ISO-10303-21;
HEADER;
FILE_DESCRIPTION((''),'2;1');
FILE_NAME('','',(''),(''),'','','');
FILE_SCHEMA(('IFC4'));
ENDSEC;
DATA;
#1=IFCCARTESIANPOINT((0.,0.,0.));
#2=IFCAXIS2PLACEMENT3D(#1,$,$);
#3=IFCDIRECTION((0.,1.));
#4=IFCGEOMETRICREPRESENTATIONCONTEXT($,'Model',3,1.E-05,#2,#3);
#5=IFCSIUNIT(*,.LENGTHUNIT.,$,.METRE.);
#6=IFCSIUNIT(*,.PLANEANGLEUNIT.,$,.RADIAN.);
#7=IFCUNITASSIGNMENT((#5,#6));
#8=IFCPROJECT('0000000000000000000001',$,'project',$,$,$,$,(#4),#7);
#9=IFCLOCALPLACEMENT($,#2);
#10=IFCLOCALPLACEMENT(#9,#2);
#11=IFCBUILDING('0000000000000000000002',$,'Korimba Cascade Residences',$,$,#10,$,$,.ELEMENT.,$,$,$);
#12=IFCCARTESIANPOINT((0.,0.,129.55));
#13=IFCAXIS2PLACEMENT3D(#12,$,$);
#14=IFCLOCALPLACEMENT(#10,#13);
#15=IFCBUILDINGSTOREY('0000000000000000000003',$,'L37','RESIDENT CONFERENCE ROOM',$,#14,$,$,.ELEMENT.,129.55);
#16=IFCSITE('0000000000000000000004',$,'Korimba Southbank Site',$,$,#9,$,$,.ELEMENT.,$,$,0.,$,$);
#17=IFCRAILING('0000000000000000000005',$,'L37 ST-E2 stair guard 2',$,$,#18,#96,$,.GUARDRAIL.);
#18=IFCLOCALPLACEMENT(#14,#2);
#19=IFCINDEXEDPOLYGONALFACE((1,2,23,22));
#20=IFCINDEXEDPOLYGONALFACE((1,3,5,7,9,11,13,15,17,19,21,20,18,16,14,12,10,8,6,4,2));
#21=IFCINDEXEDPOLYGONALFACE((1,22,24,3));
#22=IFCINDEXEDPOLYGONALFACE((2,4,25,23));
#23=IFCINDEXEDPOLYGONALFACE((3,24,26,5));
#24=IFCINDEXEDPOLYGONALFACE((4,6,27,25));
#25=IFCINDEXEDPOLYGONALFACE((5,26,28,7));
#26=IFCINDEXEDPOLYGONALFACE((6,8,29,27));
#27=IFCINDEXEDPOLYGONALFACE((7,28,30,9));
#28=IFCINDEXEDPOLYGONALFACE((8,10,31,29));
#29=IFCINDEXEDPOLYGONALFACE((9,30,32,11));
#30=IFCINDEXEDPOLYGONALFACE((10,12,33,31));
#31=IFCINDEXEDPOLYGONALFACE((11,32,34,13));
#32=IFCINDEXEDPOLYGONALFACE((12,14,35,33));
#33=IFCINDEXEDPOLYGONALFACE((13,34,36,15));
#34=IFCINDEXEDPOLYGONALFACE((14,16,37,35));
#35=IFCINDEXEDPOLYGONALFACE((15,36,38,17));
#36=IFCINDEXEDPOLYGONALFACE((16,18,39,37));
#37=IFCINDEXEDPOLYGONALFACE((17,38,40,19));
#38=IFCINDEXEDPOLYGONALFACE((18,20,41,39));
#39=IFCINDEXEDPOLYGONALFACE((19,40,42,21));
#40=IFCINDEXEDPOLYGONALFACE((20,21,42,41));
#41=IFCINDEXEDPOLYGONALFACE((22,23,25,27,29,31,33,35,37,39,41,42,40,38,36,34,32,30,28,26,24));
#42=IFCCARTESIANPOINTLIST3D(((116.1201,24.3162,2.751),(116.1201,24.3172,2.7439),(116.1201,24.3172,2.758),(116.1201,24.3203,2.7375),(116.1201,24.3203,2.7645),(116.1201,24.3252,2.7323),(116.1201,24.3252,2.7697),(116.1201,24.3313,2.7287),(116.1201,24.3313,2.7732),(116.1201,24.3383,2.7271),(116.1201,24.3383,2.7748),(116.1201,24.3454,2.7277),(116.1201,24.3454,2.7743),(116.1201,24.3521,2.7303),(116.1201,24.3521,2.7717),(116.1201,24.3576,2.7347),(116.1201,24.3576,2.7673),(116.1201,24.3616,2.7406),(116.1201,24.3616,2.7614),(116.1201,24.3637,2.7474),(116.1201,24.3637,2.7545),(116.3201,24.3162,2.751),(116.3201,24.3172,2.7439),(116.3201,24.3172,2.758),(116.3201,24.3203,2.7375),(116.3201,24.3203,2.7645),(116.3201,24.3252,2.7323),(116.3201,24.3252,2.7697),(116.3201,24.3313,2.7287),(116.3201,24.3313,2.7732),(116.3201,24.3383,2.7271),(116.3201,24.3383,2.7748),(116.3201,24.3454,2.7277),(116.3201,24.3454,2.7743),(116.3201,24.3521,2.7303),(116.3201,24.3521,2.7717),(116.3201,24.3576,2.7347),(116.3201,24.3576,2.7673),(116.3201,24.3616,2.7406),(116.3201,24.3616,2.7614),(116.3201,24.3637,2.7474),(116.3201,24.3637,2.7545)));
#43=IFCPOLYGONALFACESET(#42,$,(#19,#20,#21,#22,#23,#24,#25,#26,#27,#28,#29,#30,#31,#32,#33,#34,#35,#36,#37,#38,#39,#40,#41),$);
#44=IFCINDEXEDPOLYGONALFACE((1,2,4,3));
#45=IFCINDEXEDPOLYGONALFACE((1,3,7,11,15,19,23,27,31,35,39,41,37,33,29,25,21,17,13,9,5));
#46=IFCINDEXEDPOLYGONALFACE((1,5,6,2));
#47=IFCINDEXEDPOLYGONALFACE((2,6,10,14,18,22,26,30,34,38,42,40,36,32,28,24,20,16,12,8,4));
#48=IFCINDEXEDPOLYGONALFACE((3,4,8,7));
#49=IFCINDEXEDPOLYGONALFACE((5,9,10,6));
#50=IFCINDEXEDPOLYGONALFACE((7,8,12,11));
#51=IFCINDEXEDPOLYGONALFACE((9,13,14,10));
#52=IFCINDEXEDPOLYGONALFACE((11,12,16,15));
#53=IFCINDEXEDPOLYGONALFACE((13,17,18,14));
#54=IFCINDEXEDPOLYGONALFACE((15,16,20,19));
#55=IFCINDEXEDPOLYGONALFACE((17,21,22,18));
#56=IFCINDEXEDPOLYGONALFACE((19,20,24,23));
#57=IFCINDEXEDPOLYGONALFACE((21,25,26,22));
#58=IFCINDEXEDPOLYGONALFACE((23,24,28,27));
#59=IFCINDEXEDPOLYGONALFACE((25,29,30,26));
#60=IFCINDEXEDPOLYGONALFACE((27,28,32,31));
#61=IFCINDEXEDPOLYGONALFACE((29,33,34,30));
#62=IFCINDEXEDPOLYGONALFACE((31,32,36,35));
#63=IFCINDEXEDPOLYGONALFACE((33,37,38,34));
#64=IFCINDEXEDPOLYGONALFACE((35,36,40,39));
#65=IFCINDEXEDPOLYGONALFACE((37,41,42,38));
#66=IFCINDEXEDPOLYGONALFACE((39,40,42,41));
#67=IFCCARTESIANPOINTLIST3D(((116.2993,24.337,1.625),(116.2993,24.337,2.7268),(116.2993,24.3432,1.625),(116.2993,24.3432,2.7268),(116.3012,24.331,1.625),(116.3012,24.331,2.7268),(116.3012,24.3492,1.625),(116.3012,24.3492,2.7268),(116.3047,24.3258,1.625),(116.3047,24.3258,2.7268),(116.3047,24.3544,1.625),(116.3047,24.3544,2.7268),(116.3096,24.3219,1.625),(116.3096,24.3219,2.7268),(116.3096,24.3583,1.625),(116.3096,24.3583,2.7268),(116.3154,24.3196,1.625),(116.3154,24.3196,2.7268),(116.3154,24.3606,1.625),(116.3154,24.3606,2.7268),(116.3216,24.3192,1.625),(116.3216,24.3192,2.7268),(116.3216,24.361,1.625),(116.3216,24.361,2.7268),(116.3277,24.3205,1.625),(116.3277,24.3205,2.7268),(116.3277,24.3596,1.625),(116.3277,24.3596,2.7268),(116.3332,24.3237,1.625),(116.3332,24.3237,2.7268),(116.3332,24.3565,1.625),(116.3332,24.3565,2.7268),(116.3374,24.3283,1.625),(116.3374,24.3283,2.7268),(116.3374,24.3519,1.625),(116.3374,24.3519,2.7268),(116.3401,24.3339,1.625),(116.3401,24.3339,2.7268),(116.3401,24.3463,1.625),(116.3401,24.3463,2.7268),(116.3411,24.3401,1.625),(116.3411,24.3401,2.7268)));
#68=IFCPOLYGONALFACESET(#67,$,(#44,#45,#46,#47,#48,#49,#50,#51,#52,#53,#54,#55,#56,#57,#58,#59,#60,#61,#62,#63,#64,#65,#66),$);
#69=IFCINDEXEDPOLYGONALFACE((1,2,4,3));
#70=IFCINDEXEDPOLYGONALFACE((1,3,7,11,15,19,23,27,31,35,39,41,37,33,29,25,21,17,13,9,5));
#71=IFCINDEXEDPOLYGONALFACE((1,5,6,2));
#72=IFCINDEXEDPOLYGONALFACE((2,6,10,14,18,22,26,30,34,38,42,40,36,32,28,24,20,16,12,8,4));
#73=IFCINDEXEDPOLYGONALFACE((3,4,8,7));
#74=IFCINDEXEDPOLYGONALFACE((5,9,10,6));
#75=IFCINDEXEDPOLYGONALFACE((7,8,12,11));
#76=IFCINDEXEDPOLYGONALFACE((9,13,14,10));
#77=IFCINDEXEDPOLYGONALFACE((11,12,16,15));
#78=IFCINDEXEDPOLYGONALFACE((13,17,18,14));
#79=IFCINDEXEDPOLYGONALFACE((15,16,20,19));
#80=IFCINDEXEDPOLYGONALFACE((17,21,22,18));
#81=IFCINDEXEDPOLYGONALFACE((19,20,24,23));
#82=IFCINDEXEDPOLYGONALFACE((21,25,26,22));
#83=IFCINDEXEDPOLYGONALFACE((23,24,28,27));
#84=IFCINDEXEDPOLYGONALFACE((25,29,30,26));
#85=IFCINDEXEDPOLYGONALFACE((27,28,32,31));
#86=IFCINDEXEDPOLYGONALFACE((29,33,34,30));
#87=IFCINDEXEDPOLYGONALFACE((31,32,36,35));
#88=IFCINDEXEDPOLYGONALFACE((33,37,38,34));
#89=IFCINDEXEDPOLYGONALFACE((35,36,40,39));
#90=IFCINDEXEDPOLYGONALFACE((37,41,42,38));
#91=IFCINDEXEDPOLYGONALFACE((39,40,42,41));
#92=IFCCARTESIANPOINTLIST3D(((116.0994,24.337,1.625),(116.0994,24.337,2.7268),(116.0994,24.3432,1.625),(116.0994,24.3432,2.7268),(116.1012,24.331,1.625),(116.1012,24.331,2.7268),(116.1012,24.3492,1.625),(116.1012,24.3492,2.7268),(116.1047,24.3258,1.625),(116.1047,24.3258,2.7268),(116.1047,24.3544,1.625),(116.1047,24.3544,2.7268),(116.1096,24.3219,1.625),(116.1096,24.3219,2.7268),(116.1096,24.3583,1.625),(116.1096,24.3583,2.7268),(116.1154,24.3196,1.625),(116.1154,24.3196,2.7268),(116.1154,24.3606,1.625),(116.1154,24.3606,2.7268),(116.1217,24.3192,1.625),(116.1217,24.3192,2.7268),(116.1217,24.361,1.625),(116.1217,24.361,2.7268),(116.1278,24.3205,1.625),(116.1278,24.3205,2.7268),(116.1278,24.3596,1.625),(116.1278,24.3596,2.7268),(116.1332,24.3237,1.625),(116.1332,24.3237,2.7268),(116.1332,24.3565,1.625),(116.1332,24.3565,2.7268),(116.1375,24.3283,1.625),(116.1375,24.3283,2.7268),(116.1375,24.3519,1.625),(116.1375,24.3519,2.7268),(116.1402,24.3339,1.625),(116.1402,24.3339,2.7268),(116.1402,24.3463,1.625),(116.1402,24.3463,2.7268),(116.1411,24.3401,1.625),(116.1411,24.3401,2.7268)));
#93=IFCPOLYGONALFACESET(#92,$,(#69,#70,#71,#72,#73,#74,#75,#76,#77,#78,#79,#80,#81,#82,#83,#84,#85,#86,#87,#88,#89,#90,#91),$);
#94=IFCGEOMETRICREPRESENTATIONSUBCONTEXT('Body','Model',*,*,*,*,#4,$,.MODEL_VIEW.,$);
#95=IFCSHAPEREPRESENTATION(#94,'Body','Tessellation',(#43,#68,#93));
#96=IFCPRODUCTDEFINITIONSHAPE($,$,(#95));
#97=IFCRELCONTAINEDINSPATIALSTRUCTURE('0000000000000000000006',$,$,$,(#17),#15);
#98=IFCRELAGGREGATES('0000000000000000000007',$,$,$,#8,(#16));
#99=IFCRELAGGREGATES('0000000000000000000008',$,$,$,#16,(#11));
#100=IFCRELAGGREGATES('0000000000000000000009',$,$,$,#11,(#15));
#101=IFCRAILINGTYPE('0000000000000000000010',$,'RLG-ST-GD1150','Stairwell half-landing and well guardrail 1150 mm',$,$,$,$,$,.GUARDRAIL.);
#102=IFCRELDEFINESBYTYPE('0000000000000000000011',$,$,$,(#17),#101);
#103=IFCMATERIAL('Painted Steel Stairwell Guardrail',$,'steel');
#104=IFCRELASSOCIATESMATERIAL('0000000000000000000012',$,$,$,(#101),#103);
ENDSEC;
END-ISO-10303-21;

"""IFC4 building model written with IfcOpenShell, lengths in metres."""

from ifc_helpers import new_model, si_unit, direction, frame, origin, origin_2d, place, context, subcontext, project, spatial, circle, extrude, material, type_object, element, save


model = new_model("IFC4")

# Units and contexts
model_context = context("Model", 3, precision=1e-05, world=origin(), true_north=direction((0.0, 1.0)))
body_context = subcontext(model_context, "Body", "Model", "MODEL_VIEW")
ifc_project = project(units=[si_unit("LENGTHUNIT", "METRE"), si_unit("PLANEANGLEUNIT", "RADIAN")], contexts=[model_context])

# Site, building, storey
site_placement = place(None, origin())
site = spatial("IfcSite", under=ifc_project, at=site_placement, Name="Korimba Southbank Site", CompositionType="ELEMENT", RefElevation=0.0)
building_placement = place(site_placement, origin())
building = spatial("IfcBuilding", under=site, at=building_placement, Name="Korimba Cascade Residences", CompositionType="ELEMENT")
storey_placement = place(building_placement, frame((0.0, 0.0, 129.55)))
storey = spatial("IfcBuildingStorey", under=building, at=storey_placement, Name="L37", Description="RESIDENT CONFERENCE ROOM", CompositionType="ELEMENT", Elevation=129.55)

# Railing
ifc_material_1 = material(Name="Painted Steel Stairwell Guardrail", Category="steel")
railing_type_1 = type_object("IfcRailingType", Name="RLG-ST-GD1150", Description="Stairwell half-landing and well guardrail 1150 mm", PredefinedType="GUARDRAIL", material=ifc_material_1)
railing_1_placement = place(storey_placement, frame((116.3201, 24.3401, 1.625)))
element("IfcRailing", 1, at=railing_1_placement, inside=storey, type_object=railing_type_1, Name="L37 ST-E2 stair guard 2", PredefinedType="GUARDRAIL", context=body_context, shape_type="SweptSolid", body=[
    extrude(circle(Radius=0.0239, at=origin_2d()), frame((0.0, 0.0, 1.126), z_axis=(-1.0, 0.0, 0.0), x_axis=(0.0, -1.0, 0.0)), (0.0, 0.0, 1.0), 0.2),
    extrude(circle(Radius=0.021, at=origin_2d()), origin(), (0.0, 0.0, 1.0), 1.1018),
    extrude(circle(Radius=0.021, at=origin_2d()), frame((-0.2, 0.0, 0.0)), (0.0, 0.0, 1.0), 1.1018),
])

save(model, "model.ifc")
